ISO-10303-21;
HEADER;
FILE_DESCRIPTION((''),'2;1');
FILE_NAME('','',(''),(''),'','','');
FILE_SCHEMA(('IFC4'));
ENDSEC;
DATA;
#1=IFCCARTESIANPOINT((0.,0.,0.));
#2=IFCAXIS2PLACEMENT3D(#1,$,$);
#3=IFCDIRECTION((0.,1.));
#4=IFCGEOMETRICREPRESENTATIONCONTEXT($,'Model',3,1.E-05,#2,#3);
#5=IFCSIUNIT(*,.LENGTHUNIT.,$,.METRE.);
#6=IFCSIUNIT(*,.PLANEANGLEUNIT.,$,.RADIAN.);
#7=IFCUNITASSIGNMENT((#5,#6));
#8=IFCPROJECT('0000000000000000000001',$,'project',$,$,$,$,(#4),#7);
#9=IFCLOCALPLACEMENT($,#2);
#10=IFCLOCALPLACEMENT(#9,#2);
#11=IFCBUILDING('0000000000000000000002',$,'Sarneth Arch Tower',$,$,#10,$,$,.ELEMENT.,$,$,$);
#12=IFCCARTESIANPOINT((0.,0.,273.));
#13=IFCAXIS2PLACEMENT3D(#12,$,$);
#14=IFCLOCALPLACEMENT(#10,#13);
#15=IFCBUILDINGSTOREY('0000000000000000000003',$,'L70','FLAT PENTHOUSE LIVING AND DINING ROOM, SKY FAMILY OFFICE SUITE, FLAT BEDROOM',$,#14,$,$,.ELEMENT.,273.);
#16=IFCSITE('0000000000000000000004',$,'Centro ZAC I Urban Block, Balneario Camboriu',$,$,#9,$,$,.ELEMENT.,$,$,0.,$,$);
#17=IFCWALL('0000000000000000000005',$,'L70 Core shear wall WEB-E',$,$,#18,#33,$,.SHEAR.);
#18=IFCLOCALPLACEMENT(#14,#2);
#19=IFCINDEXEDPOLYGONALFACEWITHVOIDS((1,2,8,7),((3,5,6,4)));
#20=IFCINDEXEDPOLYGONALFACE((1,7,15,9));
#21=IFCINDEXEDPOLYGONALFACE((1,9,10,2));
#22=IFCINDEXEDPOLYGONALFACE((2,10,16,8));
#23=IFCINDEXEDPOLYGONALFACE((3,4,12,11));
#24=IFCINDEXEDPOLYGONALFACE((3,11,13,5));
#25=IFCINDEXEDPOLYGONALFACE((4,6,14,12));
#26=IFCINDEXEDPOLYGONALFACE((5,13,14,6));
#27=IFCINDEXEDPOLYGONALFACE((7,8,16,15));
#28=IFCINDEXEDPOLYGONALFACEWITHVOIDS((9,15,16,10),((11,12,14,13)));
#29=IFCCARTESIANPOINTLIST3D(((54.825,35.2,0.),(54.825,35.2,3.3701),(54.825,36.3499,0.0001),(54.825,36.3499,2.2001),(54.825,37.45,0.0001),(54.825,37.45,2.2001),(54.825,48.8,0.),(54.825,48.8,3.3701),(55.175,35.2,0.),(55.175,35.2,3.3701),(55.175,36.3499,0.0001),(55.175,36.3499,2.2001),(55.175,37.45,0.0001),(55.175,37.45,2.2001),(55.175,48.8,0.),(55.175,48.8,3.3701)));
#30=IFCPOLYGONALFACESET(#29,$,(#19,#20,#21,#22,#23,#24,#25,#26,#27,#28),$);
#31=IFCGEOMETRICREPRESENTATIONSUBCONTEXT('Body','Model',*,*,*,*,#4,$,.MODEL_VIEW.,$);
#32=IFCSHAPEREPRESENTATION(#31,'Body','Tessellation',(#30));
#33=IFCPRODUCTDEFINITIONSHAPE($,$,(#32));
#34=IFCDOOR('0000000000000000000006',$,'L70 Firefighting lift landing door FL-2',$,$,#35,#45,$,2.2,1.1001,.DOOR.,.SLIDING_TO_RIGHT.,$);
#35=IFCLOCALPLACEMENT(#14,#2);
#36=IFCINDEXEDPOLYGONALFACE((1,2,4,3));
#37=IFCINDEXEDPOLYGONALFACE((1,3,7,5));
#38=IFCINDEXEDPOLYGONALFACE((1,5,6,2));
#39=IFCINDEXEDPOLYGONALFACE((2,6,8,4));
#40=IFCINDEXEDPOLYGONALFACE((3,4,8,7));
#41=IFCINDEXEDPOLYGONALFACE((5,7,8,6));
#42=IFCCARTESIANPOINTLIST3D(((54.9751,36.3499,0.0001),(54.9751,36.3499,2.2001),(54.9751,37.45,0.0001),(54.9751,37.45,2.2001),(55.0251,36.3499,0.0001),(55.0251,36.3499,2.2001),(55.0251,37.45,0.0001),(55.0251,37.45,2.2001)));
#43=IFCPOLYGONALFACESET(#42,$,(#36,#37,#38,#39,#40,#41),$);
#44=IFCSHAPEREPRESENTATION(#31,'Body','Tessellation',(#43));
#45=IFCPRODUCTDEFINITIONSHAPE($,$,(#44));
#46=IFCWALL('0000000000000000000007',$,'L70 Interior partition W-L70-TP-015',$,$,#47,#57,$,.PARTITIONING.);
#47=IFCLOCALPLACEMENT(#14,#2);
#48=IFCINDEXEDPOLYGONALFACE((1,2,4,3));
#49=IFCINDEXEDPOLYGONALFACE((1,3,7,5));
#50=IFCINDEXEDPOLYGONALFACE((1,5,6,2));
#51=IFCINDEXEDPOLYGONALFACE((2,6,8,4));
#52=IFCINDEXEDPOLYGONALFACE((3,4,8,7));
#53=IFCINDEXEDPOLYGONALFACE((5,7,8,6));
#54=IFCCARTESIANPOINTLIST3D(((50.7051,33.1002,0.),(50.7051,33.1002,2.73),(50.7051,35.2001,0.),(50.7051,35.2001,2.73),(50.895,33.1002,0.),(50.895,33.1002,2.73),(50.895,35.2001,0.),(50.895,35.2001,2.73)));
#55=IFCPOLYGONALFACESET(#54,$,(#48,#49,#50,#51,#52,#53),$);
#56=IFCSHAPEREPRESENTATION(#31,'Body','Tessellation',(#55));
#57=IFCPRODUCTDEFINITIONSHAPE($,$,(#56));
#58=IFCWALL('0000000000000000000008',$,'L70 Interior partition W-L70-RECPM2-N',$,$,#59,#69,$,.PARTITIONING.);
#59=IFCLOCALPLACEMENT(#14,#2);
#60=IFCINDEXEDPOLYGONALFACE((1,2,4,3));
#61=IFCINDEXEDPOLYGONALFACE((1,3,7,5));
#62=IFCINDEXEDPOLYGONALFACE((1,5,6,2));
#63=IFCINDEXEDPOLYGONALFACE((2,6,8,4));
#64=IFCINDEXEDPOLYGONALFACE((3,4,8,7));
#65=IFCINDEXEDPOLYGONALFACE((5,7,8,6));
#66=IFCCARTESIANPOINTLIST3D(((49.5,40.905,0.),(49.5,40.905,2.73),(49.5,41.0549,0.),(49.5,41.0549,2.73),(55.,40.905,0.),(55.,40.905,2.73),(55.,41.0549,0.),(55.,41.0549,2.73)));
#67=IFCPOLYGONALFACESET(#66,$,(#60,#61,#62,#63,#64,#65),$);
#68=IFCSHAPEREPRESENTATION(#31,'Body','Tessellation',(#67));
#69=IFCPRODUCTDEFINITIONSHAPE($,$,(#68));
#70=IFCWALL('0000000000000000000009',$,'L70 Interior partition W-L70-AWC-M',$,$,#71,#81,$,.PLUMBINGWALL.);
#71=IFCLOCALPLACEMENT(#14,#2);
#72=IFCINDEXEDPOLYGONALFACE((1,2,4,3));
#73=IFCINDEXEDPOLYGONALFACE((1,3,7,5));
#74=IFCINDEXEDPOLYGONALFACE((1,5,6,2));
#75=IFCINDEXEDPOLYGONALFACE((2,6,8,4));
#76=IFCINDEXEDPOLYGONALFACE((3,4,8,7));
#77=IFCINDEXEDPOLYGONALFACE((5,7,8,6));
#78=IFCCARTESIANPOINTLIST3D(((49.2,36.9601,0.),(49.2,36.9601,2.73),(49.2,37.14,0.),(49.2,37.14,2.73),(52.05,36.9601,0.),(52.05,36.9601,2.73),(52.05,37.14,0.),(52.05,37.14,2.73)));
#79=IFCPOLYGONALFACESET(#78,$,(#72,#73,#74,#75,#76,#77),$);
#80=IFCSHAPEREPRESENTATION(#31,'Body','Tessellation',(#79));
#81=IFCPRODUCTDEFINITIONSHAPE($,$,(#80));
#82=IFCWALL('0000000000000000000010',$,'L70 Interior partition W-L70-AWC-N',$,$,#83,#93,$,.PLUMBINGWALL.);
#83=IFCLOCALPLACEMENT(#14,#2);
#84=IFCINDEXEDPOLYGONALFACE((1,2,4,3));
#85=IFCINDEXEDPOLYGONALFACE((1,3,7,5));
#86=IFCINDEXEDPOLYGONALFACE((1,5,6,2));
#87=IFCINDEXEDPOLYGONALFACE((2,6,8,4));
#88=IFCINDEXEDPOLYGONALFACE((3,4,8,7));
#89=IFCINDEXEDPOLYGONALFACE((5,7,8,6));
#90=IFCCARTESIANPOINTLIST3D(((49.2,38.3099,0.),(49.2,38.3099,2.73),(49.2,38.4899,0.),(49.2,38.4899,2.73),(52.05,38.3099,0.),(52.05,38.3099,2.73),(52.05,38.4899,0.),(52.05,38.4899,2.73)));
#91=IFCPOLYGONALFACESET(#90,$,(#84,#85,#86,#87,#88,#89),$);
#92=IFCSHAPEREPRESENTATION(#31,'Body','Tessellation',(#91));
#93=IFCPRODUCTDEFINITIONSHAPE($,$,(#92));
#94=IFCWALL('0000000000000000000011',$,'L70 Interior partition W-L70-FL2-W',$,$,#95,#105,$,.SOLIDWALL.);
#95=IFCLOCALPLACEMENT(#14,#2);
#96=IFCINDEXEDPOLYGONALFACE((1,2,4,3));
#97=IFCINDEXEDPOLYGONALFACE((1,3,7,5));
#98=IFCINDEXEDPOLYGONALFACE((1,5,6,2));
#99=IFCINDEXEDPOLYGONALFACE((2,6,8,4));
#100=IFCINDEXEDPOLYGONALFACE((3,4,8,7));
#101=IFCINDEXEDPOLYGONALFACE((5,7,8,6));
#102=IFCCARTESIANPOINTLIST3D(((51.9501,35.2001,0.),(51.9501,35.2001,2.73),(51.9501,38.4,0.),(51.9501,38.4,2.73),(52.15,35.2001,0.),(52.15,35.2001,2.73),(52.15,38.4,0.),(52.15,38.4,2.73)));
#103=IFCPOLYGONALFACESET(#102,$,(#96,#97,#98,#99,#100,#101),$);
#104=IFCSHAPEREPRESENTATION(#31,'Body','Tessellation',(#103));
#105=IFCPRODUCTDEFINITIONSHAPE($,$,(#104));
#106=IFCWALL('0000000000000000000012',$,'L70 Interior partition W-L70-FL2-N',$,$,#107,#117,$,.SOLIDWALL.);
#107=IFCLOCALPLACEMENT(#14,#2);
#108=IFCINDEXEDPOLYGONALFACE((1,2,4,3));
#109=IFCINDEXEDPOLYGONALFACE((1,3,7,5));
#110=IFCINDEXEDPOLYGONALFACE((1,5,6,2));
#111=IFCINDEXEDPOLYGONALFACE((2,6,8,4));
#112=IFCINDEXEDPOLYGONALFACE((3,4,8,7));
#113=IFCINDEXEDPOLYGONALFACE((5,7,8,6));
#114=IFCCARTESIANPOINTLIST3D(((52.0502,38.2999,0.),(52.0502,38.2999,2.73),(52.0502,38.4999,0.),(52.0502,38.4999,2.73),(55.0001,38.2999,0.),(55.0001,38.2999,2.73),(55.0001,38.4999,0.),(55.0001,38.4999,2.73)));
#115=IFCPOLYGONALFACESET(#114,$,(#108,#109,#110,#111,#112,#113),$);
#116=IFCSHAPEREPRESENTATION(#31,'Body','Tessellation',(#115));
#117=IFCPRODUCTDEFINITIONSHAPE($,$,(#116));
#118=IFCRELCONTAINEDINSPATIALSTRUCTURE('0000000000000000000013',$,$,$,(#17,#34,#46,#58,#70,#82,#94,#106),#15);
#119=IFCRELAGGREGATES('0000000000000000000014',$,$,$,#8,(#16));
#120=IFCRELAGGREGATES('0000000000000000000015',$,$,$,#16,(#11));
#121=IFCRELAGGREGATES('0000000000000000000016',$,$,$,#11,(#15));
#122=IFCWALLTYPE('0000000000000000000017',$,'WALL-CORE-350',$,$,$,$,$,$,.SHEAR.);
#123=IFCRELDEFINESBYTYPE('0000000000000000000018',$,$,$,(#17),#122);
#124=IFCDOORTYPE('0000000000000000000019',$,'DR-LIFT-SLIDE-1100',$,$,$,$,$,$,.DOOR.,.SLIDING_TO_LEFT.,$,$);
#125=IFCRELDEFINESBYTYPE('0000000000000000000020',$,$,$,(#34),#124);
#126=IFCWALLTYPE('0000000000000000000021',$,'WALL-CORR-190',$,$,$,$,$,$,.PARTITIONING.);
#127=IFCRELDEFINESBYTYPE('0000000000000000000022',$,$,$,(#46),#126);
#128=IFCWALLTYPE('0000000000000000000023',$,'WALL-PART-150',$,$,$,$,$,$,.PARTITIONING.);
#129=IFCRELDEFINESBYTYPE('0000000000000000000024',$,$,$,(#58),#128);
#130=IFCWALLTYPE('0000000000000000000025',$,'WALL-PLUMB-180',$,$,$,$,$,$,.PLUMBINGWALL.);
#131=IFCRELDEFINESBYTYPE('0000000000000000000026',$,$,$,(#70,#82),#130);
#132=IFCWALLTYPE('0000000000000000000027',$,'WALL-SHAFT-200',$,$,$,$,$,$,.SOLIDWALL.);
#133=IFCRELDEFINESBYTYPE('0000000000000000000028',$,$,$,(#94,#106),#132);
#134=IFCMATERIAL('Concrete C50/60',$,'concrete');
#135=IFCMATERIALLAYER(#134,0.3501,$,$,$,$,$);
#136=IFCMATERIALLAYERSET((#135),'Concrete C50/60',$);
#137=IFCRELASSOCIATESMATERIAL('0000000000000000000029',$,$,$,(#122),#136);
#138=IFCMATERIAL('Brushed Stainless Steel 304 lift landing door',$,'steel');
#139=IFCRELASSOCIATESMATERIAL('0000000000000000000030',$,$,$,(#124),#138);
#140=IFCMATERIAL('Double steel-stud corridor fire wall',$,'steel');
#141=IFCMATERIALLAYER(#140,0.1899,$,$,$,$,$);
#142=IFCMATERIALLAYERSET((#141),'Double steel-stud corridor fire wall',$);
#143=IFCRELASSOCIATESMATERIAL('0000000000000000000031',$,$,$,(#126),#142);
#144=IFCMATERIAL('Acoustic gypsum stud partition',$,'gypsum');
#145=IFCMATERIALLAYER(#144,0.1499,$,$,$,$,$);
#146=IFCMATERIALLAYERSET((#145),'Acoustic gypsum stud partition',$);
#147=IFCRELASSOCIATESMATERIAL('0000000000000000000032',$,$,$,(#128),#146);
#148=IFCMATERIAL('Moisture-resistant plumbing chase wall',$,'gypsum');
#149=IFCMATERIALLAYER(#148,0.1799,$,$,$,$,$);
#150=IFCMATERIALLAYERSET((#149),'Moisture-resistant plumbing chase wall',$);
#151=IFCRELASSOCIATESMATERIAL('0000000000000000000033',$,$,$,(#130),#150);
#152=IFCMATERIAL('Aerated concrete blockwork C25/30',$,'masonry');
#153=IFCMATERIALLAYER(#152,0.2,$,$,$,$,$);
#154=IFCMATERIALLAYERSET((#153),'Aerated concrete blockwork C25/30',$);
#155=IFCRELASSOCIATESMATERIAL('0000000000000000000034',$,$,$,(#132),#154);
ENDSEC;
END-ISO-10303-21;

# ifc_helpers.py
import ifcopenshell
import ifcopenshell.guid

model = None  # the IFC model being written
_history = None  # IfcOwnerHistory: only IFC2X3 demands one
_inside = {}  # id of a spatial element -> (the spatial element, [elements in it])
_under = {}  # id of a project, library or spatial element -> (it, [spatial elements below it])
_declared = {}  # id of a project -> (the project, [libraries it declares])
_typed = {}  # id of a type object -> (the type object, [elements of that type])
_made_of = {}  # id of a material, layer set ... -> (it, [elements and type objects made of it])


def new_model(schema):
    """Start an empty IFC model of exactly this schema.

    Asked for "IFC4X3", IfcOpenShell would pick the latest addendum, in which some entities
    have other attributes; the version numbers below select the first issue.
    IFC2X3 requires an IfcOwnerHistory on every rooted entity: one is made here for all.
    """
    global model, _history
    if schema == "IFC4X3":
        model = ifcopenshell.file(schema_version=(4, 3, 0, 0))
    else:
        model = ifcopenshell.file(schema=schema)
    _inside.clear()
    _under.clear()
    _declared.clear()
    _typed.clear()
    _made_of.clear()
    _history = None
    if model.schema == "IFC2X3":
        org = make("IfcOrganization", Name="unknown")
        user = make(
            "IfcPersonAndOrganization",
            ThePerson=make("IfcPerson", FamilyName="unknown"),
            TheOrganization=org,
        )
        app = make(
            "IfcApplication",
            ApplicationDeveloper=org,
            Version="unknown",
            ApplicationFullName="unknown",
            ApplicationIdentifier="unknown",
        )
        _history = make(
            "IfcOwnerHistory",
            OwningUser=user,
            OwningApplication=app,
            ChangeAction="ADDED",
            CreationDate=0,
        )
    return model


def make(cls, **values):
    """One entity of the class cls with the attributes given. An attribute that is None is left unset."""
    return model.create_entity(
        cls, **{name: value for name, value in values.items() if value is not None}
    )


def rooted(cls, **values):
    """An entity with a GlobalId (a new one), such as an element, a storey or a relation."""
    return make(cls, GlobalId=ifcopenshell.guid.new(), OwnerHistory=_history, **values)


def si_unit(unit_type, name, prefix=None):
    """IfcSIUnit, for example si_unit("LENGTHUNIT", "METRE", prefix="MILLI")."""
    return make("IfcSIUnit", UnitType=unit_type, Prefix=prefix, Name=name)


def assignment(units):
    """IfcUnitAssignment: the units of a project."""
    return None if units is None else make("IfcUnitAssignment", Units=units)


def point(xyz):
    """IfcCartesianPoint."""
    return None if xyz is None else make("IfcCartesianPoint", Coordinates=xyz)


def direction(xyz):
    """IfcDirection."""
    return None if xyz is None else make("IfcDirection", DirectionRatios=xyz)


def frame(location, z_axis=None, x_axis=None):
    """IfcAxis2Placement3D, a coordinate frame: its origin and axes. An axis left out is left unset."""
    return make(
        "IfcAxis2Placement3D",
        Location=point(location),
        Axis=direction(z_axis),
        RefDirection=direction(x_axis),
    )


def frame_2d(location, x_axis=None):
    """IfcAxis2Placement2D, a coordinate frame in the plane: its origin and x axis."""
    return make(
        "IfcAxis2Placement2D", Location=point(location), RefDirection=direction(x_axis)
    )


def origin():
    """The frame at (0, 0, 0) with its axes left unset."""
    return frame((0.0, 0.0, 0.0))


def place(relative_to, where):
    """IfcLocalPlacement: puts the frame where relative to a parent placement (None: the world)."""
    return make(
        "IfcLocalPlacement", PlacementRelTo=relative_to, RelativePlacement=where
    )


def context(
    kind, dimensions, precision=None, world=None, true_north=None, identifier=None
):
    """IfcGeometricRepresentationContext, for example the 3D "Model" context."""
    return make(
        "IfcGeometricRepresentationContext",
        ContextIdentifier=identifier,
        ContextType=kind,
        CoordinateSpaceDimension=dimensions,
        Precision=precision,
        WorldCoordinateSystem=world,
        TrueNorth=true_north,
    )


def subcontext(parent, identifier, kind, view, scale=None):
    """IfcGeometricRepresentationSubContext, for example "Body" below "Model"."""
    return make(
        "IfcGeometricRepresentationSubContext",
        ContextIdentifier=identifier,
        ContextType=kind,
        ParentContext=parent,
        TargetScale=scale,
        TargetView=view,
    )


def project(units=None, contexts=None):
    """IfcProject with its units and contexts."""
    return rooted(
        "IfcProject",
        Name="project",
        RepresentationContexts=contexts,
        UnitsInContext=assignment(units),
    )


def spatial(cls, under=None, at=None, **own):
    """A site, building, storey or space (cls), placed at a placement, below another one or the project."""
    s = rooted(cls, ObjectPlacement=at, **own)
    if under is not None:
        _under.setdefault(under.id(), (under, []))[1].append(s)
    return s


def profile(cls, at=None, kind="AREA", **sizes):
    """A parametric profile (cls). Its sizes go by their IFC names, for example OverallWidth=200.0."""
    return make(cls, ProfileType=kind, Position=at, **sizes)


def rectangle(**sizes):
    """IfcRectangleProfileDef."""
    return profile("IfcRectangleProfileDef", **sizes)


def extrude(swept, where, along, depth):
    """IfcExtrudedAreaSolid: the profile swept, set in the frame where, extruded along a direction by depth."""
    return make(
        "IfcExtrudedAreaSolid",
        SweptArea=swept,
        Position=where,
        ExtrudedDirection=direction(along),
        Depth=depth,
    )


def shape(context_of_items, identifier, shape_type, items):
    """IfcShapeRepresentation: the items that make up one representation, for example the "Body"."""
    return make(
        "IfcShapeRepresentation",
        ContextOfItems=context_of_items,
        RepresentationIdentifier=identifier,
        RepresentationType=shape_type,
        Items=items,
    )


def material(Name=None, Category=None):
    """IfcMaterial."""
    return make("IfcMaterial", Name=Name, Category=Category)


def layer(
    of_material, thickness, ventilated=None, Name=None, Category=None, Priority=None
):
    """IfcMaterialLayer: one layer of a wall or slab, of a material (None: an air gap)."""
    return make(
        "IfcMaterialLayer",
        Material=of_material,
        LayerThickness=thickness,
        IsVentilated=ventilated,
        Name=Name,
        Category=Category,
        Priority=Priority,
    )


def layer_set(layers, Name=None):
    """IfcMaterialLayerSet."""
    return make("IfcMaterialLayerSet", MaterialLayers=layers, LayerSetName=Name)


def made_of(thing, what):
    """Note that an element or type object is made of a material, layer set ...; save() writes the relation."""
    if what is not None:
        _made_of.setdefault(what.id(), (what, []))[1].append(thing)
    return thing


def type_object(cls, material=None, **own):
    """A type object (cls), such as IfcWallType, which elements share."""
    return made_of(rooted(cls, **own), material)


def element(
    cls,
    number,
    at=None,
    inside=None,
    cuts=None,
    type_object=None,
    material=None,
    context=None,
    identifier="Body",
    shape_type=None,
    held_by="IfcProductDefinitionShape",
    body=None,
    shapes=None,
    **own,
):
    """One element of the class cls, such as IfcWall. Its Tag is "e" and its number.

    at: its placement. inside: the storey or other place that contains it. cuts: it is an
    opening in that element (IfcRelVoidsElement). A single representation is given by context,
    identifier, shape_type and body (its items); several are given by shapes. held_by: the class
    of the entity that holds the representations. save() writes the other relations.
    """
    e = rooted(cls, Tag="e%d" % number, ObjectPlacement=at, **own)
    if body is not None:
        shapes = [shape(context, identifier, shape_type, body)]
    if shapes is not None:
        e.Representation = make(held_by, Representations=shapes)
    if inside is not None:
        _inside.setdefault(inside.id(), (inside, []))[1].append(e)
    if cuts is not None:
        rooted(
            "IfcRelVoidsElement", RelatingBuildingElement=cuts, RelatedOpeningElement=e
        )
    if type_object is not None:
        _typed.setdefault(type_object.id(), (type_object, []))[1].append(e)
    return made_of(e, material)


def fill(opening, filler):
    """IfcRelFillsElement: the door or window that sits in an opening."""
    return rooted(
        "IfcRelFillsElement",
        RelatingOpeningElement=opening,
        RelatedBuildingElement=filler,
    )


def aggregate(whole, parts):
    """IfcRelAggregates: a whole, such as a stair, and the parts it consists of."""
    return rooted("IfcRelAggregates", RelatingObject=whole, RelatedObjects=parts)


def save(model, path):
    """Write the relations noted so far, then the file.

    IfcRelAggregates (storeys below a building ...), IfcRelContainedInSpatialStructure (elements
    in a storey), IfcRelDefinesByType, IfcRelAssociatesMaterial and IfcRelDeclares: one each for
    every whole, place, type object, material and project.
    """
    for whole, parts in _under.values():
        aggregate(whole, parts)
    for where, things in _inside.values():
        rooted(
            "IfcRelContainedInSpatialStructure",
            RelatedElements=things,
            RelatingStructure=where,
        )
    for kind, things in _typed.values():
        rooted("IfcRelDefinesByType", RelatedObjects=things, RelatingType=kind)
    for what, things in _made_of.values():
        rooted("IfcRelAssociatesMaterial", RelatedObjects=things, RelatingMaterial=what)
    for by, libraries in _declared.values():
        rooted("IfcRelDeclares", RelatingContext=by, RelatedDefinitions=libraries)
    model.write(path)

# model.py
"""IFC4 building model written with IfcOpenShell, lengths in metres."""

from ifc_helpers import new_model, si_unit, direction, frame, frame_2d, origin, place, context, subcontext, project, spatial, rectangle, extrude, material, layer, layer_set, type_object, element, fill, save


model = new_model("IFC4")

# Units and contexts
model_context = context("Model", 3, precision=1e-05, world=origin(), true_north=direction((0.0, 1.0)))
body_context = subcontext(model_context, "Body", "Model", "MODEL_VIEW")
ifc_project = project(units=[si_unit("LENGTHUNIT", "METRE"), si_unit("PLANEANGLEUNIT", "RADIAN")], contexts=[model_context])

# Site, building, storey
site_placement = place(None, origin())
site = spatial("IfcSite", under=ifc_project, at=site_placement, Name="Centro ZAC I Urban Block, Balneario Camboriu", CompositionType="ELEMENT", RefElevation=0.0)
building_placement = place(site_placement, origin())
building = spatial("IfcBuilding", under=site, at=building_placement, Name="Sarneth Arch Tower", CompositionType="ELEMENT")
storey_placement = place(building_placement, frame((0.0, 0.0, 273.0)))
storey = spatial("IfcBuildingStorey", under=building, at=storey_placement, Name="L70", Description="FLAT PENTHOUSE LIVING AND DINING ROOM, SKY FAMILY OFFICE SUITE, FLAT BEDROOM", CompositionType="ELEMENT", Elevation=273.0)

# Shared definitions
ifc_material_1 = material(Name="Concrete C50/60", Category="concrete")
ifc_layer_1 = layer(ifc_material_1, 0.3501)
ifc_layer_set_1 = layer_set([ifc_layer_1], Name="Concrete C50/60")
wall_type_1 = type_object("IfcWallType", Name="WALL-CORE-350", PredefinedType="SHEAR", material=ifc_layer_set_1)

# Wall, opening, door
wall_1_placement = place(storey_placement, frame((55.0, 35.2, 0.0), z_axis=(0.0, 0.0, 1.0), x_axis=(0.0, 1.0, 0.0)))
wall_1 = element("IfcWall", 1, at=wall_1_placement, inside=storey, type_object=wall_type_1, Name="L70 Core shear wall WEB-E", PredefinedType="SHEAR", context=body_context, shape_type="SweptSolid", body=[
    extrude(rectangle(XDim=13.6001, YDim=0.3501, at=frame_2d((6.8, 0.0))), origin(), (0.0, 0.0, 1.0), 3.3701),
])
opening_1_placement = place(wall_1_placement, frame((1.1499, 0.0, 0.0)))
opening_1 = element("IfcOpeningElement", 2, at=opening_1_placement, cuts=wall_1, PredefinedType="OPENING", context=body_context, shape_type="SweptSolid", body=[
    extrude(rectangle(XDim=1.1001, YDim=2.2, at=frame_2d((0.55, 1.1001))), frame((0.0, 0.1851, 0.0), z_axis=(0.0, -1.0, 0.0), x_axis=(1.0, 0.0, 0.0)), (0.0, 0.0, 1.0), 0.3701),
])
ifc_material_2 = material(Name="Brushed Stainless Steel 304 lift landing door", Category="steel")
door_type_1 = type_object("IfcDoorType", Name="DR-LIFT-SLIDE-1100", OperationType="SLIDING_TO_LEFT", PredefinedType="DOOR", material=ifc_material_2)
door_1_placement = place(opening_1_placement, origin())
door_1 = element("IfcDoor", 3, at=door_1_placement, inside=storey, type_object=door_type_1, Name="L70 Firefighting lift landing door FL-2", OperationType="SLIDING_TO_RIGHT", OverallHeight=2.2, OverallWidth=1.1001, PredefinedType="DOOR", context=body_context, shape_type="SweptSolid", body=[
    extrude(rectangle(XDim=1.1001, YDim=2.2, at=frame_2d((0.55, 1.1001))), frame((0.0, 0.0249, 0.0), z_axis=(0.0, -1.0, 0.0), x_axis=(1.0, 0.0, 0.0)), (0.0, 0.0, 1.0), 0.05),
])
fill(opening_1, door_1)

# Walls
ifc_material_3 = material(Name="Double steel-stud corridor fire wall", Category="steel")
ifc_layer_2 = layer(ifc_material_3, 0.1899)
ifc_layer_set_2 = layer_set([ifc_layer_2], Name="Double steel-stud corridor fire wall")
wall_type_2 = type_object("IfcWallType", Name="WALL-CORR-190", PredefinedType="PARTITIONING", material=ifc_layer_set_2)
wall_2_placement = place(storey_placement, frame((50.8, 35.2, 0.0), z_axis=(0.0, 0.0, 1.0), x_axis=(0.0, -1.0, 0.0)))
element("IfcWall", 4, at=wall_2_placement, inside=storey, type_object=wall_type_2, Name="L70 Interior partition W-L70-TP-015", PredefinedType="PARTITIONING", context=body_context, shape_type="SweptSolid", body=[
    extrude(rectangle(XDim=2.0999, YDim=0.1899, at=frame_2d((1.0498, 0.0))), origin(), (0.0, 0.0, 1.0), 2.73),
])
ifc_material_4 = material(Name="Acoustic gypsum stud partition", Category="gypsum")
ifc_layer_3 = layer(ifc_material_4, 0.1499)
ifc_layer_set_3 = layer_set([ifc_layer_3], Name="Acoustic gypsum stud partition")
wall_type_3 = type_object("IfcWallType", Name="WALL-PART-150", PredefinedType="PARTITIONING", material=ifc_layer_set_3)
wall_3_placement = place(storey_placement, frame((49.5, 40.98, 0.0), z_axis=(0.0, 0.0, 1.0), x_axis=(1.0, 0.0, 0.0)))
element("IfcWall", 5, at=wall_3_placement, inside=storey, type_object=wall_type_3, Name="L70 Interior partition W-L70-RECPM2-N", PredefinedType="PARTITIONING", context=body_context, shape_type="SweptSolid", body=[
    extrude(rectangle(XDim=5.5, YDim=0.1499, at=frame_2d((2.75, 0.0))), origin(), (0.0, 0.0, 1.0), 2.73),
])

# Walls
ifc_material_5 = material(Name="Moisture-resistant plumbing chase wall", Category="gypsum")
ifc_layer_4 = layer(ifc_material_5, 0.1799)
ifc_layer_set_4 = layer_set([ifc_layer_4], Name="Moisture-resistant plumbing chase wall")
wall_type_4 = type_object("IfcWallType", Name="WALL-PLUMB-180", PredefinedType="PLUMBINGWALL", material=ifc_layer_set_4)
for number, where, z_axis, x_axis, name in (
    (6, (49.2, 37.05, 0.0), (0.0, 0.0, 1.0), (1.0, 0.0, 0.0), "L70 Interior partition W-L70-AWC-M"),
    (7, (49.2, 38.3999, 0.0), (0.0, 0.0, 1.0), (1.0, 0.0, 0.0), "L70 Interior partition W-L70-AWC-N"),
):
    element("IfcWall", number, at=place(storey_placement, frame(where, z_axis=z_axis, x_axis=x_axis)), inside=storey, type_object=wall_type_4, Name=name, PredefinedType="PLUMBINGWALL", context=body_context, shape_type="SweptSolid", body=[
        extrude(rectangle(XDim=2.8501, YDim=0.1799, at=frame_2d((1.425, 0.0))), origin(), (0.0, 0.0, 1.0), 2.73),
    ])

# Shared definitions
ifc_material_6 = material(Name="Aerated concrete blockwork C25/30", Category="masonry")
ifc_layer_5 = layer(ifc_material_6, 0.2)
ifc_layer_set_5 = layer_set([ifc_layer_5], Name="Aerated concrete blockwork C25/30")
wall_type_5 = type_object("IfcWallType", Name="WALL-SHAFT-200", PredefinedType="SOLIDWALL", material=ifc_layer_set_5)

# Walls
wall_4_placement = place(storey_placement, frame((52.05, 35.2, 0.0), z_axis=(0.0, 0.0, 1.0), x_axis=(0.0, 1.0, 0.0)))
element("IfcWall", 8, at=wall_4_placement, inside=storey, type_object=wall_type_5, Name="L70 Interior partition W-L70-FL2-W", PredefinedType="SOLIDWALL", context=body_context, shape_type="SweptSolid", body=[
    extrude(rectangle(XDim=3.2, YDim=0.2, at=frame_2d((1.6001, 0.0))), origin(), (0.0, 0.0, 1.0), 2.73),
])
wall_5_placement = place(storey_placement, frame((52.05, 38.3999, 0.0), z_axis=(0.0, 0.0, 1.0), x_axis=(1.0, 0.0, 0.0)))
element("IfcWall", 9, at=wall_5_placement, inside=storey, type_object=wall_type_5, Name="L70 Interior partition W-L70-FL2-N", PredefinedType="SOLIDWALL", context=body_context, shape_type="SweptSolid", body=[
    extrude(rectangle(XDim=2.95, YDim=0.2, at=frame_2d((1.4751, 0.0))), origin(), (0.0, 0.0, 1.0), 2.73),
])

save(model, "model.ifc")
